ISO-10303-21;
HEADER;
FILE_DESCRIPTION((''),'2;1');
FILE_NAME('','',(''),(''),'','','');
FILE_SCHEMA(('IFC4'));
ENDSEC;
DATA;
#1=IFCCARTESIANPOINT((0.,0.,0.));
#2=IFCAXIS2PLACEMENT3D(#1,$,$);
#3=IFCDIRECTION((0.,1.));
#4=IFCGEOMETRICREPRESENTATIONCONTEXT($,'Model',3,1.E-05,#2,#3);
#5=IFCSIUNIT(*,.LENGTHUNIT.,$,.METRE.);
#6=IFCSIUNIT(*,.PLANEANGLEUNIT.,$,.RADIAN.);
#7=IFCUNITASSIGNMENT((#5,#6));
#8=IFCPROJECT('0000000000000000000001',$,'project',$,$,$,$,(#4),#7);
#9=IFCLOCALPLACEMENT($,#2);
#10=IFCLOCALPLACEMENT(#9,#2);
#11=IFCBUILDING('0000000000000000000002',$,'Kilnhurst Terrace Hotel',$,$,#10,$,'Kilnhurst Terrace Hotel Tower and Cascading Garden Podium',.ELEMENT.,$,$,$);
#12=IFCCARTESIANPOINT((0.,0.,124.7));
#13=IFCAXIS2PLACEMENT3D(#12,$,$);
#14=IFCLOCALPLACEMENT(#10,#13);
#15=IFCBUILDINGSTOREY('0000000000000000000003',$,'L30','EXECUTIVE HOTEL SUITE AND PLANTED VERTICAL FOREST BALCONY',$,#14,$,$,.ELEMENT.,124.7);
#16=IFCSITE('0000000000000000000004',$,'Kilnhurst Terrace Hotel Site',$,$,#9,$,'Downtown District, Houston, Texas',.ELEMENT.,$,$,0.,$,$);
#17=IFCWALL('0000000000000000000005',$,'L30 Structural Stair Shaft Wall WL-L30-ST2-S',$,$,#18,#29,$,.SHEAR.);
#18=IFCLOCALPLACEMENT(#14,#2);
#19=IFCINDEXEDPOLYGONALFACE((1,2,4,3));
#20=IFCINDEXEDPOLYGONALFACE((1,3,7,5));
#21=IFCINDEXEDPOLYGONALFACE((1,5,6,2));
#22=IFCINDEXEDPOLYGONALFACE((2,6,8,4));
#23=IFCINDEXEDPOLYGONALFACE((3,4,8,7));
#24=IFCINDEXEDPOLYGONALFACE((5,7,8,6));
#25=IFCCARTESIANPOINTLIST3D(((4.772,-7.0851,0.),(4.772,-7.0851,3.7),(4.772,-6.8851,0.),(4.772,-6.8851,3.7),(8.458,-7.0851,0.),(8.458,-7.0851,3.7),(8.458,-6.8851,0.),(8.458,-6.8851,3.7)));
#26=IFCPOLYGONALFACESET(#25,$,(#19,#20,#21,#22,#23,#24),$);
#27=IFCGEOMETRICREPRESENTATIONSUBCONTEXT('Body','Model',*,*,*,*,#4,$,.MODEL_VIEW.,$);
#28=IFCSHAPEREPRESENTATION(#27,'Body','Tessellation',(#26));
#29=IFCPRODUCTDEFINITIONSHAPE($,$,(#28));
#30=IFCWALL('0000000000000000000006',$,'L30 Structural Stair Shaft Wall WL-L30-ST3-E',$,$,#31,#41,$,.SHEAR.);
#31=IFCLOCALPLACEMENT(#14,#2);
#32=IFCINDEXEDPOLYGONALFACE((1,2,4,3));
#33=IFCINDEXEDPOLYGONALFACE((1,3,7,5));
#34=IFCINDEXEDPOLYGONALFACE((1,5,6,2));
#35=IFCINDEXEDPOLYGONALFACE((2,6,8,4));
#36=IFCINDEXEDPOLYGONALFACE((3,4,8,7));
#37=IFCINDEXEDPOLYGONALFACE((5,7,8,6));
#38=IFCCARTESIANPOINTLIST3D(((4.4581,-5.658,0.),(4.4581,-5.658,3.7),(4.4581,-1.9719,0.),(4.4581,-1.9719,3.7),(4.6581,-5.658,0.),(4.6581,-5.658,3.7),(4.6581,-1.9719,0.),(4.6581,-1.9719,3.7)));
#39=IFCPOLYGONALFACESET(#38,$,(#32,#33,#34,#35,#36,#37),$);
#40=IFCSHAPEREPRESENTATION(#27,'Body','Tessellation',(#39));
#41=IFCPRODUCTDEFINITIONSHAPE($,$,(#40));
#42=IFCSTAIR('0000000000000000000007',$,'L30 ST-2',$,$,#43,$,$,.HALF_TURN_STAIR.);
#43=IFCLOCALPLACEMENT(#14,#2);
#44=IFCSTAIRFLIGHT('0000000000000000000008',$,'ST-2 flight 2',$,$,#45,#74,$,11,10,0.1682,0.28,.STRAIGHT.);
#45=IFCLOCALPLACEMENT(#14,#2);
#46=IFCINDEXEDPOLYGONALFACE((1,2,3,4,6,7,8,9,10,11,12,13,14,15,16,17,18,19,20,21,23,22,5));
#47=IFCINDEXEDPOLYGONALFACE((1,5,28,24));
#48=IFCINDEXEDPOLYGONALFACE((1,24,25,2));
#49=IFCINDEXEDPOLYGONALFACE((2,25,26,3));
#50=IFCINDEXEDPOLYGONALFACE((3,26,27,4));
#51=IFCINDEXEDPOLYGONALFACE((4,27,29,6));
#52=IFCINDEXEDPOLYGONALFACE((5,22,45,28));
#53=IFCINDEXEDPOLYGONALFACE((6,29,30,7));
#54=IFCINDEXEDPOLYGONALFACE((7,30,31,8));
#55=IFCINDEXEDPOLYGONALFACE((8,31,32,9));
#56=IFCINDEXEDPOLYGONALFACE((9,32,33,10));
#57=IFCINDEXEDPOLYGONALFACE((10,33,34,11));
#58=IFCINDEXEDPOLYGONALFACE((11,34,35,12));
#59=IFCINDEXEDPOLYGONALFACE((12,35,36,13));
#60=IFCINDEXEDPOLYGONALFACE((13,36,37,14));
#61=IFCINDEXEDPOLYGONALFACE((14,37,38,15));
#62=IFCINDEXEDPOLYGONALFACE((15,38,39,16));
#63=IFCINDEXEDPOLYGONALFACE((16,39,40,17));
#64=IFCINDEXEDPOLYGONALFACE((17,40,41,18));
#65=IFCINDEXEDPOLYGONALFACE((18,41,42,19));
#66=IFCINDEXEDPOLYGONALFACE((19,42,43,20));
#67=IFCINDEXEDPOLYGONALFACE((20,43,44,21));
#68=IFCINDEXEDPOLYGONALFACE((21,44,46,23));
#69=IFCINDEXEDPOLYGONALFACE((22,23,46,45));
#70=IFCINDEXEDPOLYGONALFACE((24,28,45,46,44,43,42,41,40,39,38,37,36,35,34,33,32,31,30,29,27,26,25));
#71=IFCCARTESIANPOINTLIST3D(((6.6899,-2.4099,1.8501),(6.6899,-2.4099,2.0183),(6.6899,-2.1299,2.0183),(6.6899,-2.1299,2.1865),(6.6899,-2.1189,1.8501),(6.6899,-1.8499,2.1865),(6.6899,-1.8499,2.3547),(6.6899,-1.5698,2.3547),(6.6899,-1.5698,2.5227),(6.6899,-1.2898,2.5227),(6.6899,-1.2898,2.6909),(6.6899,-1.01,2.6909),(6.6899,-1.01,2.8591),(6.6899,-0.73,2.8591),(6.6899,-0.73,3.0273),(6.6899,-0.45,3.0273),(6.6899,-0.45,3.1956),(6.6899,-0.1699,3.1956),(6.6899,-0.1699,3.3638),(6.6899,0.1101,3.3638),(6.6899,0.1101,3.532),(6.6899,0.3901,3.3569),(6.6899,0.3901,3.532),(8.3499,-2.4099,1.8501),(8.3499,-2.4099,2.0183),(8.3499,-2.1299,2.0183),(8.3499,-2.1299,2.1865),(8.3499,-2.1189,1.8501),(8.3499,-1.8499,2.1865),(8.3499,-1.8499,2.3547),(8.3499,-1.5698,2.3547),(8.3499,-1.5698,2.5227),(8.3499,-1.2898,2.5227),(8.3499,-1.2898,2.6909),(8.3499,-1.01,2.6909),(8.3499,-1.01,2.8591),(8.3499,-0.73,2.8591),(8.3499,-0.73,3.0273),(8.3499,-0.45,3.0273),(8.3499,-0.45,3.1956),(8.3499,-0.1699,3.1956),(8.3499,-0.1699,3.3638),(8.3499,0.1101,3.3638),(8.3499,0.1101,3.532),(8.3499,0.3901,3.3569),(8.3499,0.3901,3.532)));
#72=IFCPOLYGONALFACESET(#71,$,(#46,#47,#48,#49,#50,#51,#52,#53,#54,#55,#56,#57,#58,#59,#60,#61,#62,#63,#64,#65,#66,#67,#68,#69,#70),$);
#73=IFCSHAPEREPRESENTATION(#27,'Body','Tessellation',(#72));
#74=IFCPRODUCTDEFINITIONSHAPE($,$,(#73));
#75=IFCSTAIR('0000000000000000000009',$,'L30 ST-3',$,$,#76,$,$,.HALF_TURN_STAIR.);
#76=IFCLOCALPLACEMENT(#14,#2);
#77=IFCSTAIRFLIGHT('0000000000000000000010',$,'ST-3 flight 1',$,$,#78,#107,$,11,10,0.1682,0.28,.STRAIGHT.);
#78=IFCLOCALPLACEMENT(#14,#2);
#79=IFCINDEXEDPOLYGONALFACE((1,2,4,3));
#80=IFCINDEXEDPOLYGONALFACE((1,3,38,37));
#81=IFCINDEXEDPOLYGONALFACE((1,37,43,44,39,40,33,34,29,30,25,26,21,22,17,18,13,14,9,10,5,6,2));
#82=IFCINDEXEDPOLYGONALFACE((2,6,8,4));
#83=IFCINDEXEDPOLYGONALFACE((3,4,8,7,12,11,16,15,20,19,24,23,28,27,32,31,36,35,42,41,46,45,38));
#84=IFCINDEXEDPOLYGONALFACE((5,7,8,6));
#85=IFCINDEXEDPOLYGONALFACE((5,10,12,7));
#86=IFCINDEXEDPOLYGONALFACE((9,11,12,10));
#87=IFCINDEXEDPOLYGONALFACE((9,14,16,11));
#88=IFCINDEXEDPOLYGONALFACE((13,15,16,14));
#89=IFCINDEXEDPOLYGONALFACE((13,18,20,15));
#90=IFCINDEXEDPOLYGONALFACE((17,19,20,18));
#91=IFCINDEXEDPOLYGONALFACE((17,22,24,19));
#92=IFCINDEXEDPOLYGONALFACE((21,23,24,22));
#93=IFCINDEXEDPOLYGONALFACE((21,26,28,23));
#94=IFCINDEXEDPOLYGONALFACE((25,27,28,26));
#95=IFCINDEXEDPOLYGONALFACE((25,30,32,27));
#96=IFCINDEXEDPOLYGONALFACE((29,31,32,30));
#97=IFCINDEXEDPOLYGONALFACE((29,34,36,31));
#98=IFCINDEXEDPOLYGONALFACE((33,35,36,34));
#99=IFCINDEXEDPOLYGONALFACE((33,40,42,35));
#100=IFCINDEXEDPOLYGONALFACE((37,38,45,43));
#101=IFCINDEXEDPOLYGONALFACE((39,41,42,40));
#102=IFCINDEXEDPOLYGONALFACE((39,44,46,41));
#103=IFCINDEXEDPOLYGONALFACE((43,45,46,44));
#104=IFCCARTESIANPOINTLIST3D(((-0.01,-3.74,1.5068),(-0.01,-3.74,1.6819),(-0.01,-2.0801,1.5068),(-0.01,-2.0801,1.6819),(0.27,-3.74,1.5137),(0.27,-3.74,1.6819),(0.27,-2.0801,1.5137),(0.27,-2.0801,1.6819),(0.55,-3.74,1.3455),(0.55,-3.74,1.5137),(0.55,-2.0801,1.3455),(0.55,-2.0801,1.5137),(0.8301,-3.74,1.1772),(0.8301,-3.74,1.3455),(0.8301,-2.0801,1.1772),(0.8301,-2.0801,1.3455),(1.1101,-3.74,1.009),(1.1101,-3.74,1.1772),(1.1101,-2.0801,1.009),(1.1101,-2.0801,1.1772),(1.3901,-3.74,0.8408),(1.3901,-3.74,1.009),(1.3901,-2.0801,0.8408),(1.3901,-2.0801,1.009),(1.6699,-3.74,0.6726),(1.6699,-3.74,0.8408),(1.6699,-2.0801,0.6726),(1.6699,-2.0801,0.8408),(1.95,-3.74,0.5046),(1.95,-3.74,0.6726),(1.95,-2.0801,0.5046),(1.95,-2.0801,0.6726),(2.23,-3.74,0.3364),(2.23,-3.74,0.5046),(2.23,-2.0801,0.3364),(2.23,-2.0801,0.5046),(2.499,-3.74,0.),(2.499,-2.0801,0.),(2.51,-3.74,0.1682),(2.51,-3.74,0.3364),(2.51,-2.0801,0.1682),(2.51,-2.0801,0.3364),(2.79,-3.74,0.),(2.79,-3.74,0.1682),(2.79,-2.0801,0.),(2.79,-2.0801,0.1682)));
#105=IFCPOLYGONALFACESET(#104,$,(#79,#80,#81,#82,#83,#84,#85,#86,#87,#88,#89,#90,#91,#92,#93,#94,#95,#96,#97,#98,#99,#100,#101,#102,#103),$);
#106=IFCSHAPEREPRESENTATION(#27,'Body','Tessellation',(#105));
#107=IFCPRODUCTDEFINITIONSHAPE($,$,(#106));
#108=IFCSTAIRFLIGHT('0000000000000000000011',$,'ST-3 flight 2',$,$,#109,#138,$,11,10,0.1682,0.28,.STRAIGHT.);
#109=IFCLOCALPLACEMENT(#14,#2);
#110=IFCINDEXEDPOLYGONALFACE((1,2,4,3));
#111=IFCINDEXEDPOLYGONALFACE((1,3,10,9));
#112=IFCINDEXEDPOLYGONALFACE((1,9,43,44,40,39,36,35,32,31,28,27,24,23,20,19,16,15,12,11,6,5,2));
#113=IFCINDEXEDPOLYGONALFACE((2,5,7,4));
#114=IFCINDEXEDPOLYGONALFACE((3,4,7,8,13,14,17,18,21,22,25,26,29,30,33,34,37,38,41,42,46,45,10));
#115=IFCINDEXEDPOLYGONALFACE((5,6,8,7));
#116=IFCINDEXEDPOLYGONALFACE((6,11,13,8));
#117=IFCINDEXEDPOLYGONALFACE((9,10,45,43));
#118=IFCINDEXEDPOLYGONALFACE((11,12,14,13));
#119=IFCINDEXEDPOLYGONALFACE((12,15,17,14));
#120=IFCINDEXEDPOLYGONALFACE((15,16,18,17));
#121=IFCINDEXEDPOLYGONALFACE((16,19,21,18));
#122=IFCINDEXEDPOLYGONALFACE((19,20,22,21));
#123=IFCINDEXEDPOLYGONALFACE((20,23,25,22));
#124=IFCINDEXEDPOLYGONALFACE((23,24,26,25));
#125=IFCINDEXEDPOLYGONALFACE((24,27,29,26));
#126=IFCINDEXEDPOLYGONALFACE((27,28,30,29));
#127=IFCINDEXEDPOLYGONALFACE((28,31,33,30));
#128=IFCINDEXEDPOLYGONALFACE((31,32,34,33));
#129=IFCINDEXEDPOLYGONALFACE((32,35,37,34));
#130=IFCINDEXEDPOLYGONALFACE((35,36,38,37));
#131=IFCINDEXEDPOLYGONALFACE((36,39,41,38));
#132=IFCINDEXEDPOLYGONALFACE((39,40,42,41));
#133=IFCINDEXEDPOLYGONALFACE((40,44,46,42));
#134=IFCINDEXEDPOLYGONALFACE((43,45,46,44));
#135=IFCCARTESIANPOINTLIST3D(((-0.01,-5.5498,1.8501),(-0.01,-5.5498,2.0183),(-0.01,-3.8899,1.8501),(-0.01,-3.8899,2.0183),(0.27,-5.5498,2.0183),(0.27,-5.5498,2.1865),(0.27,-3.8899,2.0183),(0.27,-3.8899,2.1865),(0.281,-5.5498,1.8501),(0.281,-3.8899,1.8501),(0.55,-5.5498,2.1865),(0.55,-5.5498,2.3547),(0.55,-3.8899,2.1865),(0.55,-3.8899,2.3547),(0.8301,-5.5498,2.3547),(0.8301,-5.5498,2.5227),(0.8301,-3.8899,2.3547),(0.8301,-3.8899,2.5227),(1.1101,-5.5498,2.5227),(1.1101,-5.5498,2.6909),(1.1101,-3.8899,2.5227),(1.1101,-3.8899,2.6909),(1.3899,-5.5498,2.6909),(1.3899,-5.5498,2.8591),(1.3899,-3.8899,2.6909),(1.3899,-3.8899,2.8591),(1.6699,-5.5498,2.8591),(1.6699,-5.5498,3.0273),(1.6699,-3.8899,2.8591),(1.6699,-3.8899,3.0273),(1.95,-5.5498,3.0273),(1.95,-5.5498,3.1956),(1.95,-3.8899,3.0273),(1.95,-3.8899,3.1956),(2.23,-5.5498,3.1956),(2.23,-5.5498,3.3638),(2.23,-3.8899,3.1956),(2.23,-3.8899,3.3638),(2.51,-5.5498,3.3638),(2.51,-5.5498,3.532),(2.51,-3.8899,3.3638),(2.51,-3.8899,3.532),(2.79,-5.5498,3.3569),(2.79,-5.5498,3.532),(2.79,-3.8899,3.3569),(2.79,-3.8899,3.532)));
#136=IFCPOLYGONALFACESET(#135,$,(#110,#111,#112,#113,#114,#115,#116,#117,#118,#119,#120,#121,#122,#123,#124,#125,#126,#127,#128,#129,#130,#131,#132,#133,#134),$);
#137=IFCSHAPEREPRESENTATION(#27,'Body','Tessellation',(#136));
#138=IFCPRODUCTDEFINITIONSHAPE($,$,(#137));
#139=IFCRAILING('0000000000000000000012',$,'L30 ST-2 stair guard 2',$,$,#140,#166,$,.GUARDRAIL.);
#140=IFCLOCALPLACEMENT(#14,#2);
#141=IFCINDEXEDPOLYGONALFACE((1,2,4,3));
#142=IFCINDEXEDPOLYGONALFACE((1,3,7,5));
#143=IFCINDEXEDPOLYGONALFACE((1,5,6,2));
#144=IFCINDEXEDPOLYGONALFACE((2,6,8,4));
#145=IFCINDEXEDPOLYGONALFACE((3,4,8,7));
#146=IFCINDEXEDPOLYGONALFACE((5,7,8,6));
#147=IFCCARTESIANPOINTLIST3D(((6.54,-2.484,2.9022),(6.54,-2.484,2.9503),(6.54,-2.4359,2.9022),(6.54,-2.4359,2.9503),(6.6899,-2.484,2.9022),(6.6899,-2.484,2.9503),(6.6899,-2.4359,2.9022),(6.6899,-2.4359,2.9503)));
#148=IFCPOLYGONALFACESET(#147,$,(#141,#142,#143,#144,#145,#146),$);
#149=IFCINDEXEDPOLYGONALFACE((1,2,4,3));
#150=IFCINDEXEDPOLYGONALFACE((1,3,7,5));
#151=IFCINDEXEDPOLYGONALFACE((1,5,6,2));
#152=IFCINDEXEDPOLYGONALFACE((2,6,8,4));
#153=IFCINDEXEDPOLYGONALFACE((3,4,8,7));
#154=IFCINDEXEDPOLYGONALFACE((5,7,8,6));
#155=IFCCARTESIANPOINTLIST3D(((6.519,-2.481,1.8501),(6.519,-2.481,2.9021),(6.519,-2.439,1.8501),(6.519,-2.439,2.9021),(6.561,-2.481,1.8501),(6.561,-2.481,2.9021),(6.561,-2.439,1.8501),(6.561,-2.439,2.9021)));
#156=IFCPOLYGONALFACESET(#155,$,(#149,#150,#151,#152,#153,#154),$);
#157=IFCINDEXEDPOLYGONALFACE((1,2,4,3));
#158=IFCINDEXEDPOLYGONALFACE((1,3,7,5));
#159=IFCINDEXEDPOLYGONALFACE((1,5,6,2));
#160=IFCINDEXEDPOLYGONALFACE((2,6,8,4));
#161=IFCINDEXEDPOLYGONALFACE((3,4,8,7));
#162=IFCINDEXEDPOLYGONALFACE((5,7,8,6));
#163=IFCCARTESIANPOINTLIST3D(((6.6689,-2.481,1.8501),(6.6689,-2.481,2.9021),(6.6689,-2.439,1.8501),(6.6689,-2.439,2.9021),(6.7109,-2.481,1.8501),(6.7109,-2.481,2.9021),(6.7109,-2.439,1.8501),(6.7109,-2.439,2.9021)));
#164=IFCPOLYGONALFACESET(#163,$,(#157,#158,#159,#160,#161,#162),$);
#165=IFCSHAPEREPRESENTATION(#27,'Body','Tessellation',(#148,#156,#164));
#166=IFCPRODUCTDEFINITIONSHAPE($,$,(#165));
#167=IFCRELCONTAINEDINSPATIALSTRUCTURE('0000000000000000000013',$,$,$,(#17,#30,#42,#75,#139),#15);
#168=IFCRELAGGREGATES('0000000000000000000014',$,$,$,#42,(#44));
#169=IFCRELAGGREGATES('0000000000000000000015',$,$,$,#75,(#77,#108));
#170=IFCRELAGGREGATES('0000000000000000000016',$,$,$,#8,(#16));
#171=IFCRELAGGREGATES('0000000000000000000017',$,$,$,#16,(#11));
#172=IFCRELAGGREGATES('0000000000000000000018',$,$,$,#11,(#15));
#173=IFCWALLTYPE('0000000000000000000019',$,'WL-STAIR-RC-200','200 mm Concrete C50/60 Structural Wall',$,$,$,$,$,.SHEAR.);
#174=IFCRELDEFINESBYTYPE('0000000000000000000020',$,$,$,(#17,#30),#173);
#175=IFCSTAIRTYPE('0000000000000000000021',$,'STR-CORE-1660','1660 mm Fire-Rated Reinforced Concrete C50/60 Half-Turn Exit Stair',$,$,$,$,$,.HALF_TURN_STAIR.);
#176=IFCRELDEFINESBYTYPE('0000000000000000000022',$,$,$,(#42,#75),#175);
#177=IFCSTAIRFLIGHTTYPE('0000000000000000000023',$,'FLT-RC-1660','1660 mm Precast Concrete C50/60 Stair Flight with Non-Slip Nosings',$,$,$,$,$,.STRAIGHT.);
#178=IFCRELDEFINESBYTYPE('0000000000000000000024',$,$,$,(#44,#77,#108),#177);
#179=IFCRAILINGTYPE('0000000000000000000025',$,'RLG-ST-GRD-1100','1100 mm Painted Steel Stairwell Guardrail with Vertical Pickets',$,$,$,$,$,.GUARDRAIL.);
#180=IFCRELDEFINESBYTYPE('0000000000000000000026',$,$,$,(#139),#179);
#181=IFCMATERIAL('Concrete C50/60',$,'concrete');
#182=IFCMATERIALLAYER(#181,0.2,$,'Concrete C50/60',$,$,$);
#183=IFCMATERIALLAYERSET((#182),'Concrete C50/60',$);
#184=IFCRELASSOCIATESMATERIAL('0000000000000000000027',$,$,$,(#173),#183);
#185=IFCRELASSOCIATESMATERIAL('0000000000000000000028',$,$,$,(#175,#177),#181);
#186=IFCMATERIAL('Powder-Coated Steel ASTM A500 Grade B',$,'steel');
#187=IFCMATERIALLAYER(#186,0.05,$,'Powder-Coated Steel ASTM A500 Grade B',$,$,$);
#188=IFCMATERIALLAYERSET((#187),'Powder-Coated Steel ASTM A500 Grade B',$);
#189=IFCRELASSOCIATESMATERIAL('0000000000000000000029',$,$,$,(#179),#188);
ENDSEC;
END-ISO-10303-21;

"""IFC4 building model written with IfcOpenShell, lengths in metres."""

from ifc_helpers import new_model, si_unit, direction, frame, frame_2d, origin, origin_2d, place, context, subcontext, project, spatial, polyline, rectangle, outline, extrude, material, layer, layer_set, type_object, element, aggregate, save


model = new_model("IFC4")

# Units and contexts
model_context = context("Model", 3, precision=1e-05, world=origin(), true_north=direction((0.0, 1.0)))
body_context = subcontext(model_context, "Body", "Model", "MODEL_VIEW")
ifc_project = project(units=[si_unit("LENGTHUNIT", "METRE"), si_unit("PLANEANGLEUNIT", "RADIAN")], contexts=[model_context])

# Site, building, storey
site_placement = place(None, origin())
site = spatial("IfcSite", under=ifc_project, at=site_placement, Name="Kilnhurst Terrace Hotel Site", LongName="Downtown District, Houston, Texas", CompositionType="ELEMENT", RefElevation=0.0)
building_placement = place(site_placement, origin())
building = spatial("IfcBuilding", under=site, at=building_placement, Name="Kilnhurst Terrace Hotel", LongName="Kilnhurst Terrace Hotel Tower and Cascading Garden Podium", CompositionType="ELEMENT")
storey_placement = place(building_placement, frame((0.0, 0.0, 124.7)))
storey = spatial("IfcBuildingStorey", under=building, at=storey_placement, Name="L30", Description="EXECUTIVE HOTEL SUITE AND PLANTED VERTICAL FOREST BALCONY", CompositionType="ELEMENT", Elevation=124.7)

# Shared definitions
ifc_material_1 = material(Name="Concrete C50/60", Category="concrete")

# Walls
ifc_layer_1 = layer(ifc_material_1, 0.2, Name="Concrete C50/60")
ifc_layer_set_1 = layer_set([ifc_layer_1], Name="Concrete C50/60")
wall_type_1 = type_object("IfcWallType", Name="WL-STAIR-RC-200", Description="200 mm Concrete C50/60 Structural Wall", PredefinedType="SHEAR", material=ifc_layer_set_1)
for number, where, z_axis, x_axis, name in (
    (1, (4.772, -6.9851, 0.0), (0.0, 0.0, 1.0), (1.0, 0.0, 0.0), "L30 Structural Stair Shaft Wall WL-L30-ST2-S"),
    (2, (4.5581, -5.658, 0.0), (0.0, 0.0, 1.0), (0.0, 1.0, 0.0), "L30 Structural Stair Shaft Wall WL-L30-ST3-E"),
):
    element("IfcWall", number, at=place(storey_placement, frame(where, z_axis=z_axis, x_axis=x_axis)), inside=storey, type_object=wall_type_1, Name=name, PredefinedType="SHEAR", context=body_context, shape_type="SweptSolid", body=[
        extrude(rectangle(XDim=3.686, YDim=0.2, at=frame_2d((1.843, 0.0))), origin(), (0.0, 0.0, 1.0), 3.7),
    ])

# Stair, stair flight
stair_type = type_object("IfcStairType", Name="STR-CORE-1660", Description="1660 mm Fire-Rated Reinforced Concrete C50/60 Half-Turn Exit Stair", PredefinedType="HALF_TURN_STAIR", material=ifc_material_1)
stair_1_placement = place(storey_placement, origin())
stair_1 = element("IfcStair", 3, at=stair_1_placement, inside=storey, type_object=stair_type, Name="L30 ST-2", PredefinedType="HALF_TURN_STAIR")
stair_flight_type = type_object("IfcStairFlightType", Name="FLT-RC-1660", Description="1660 mm Precast Concrete C50/60 Stair Flight with Non-Slip Nosings", PredefinedType="STRAIGHT", material=ifc_material_1)
stair_flight_1_placement = place(storey_placement, frame((7.52, -2.4099, 1.8501), z_axis=(0.0, 0.0, 1.0), x_axis=(0.0, 1.0, 0.0)))
stair_flight_1 = element("IfcStairFlight", 4, at=stair_flight_1_placement, type_object=stair_flight_type, Name="ST-2 flight 2", NumberOfRisers=11, NumberOfTreads=10, PredefinedType="STRAIGHT", RiserHeight=0.1682, TreadLength=0.28, context=body_context, shape_type="SweptSolid", body=[
    extrude(outline(polyline([(0.0, 0.0), (0.0, 0.1682), (0.28, 0.1682), (0.28, 0.3364), (0.5601, 0.3364), (0.5601, 0.5046), (0.8401, 0.5046), (0.8401, 0.6726), (1.1201, 0.6726), (1.1201, 0.8408), (1.3999, 0.8408), (1.3999, 1.009), (1.6799, 1.009), (1.6799, 1.1772), (1.96, 1.1772), (1.96, 1.3455), (2.24, 1.3455), (2.24, 1.5137), (2.52, 1.5137), (2.52, 1.6819), (2.8, 1.6819), (2.8, 1.8501), (2.8, 1.5068), (0.291, 0.0), (0.0, 0.0)])), frame((0.0, 0.8301, 0.0), z_axis=(0.0, -1.0, 0.0), x_axis=(1.0, 0.0, 0.0)), (0.0, 0.0, 1.0), 1.6599),
])
aggregate(stair_1, [stair_flight_1])

# Stair, stair flights
stair_2_placement = place(storey_placement, origin())
stair_2 = element("IfcStair", 5, at=stair_2_placement, inside=storey, type_object=stair_type, Name="L30 ST-3", PredefinedType="HALF_TURN_STAIR")
stair_flight_2_placement = place(storey_placement, frame((2.79, -2.9099, 0.0), z_axis=(0.0, 0.0, 1.0), x_axis=(-1.0, 0.0, 0.0)))
stair_flight_2 = element("IfcStairFlight", 6, at=stair_flight_2_placement, type_object=stair_flight_type, Name="ST-3 flight 1", NumberOfRisers=11, NumberOfTreads=10, PredefinedType="STRAIGHT", RiserHeight=0.1682, TreadLength=0.28, context=body_context, shape_type="SweptSolid", body=[
    extrude(outline(polyline([(0.0, 0.0), (0.0, 0.1682), (0.28, 0.1682), (0.28, 0.3364), (0.5601, 0.3364), (0.5601, 0.5046), (0.8401, 0.5046), (0.8401, 0.6726), (1.1201, 0.6726), (1.1201, 0.8408), (1.3999, 0.8408), (1.3999, 1.009), (1.6799, 1.009), (1.6799, 1.1772), (1.96, 1.1772), (1.96, 1.3455), (2.24, 1.3455), (2.24, 1.5137), (2.52, 1.5137), (2.52, 1.6819), (2.8, 1.6819), (2.8, 1.8501), (2.8, 1.5068), (0.291, 0.0), (0.0, 0.0)])), frame((0.0, 0.8301, 0.0), z_axis=(0.0, -1.0, 0.0), x_axis=(1.0, 0.0, 0.0)), (0.0, 0.0, 1.0), 1.6599),
])
stair_flight_3_placement = place(storey_placement, frame((-0.01, -4.72, 1.8501), z_axis=(0.0, 0.0, 1.0), x_axis=(1.0, 0.0, 0.0)))
stair_flight_3 = element("IfcStairFlight", 7, at=stair_flight_3_placement, type_object=stair_flight_type, Name="ST-3 flight 2", NumberOfRisers=11, NumberOfTreads=10, PredefinedType="STRAIGHT", RiserHeight=0.1682, TreadLength=0.28, context=body_context, shape_type="SweptSolid", body=[
    extrude(outline(polyline([(0.0, 0.0), (0.0, 0.1682), (0.28, 0.1682), (0.28, 0.3364), (0.5601, 0.3364), (0.5601, 0.5046), (0.8401, 0.5046), (0.8401, 0.6726), (1.1201, 0.6726), (1.1201, 0.8408), (1.3999, 0.8408), (1.3999, 1.009), (1.6799, 1.009), (1.6799, 1.1772), (1.96, 1.1772), (1.96, 1.3455), (2.24, 1.3455), (2.24, 1.5137), (2.52, 1.5137), (2.52, 1.6819), (2.8, 1.6819), (2.8, 1.8501), (2.8, 1.5068), (0.291, 0.0), (0.0, 0.0)])), frame((0.0, 0.8301, 0.0), z_axis=(0.0, -1.0, 0.0), x_axis=(1.0, 0.0, 0.0)), (0.0, 0.0, 1.0), 1.6599),
])
aggregate(stair_2, [stair_flight_2, stair_flight_3])

# Railing
ifc_material_2 = material(Name="Powder-Coated Steel ASTM A500 Grade B", Category="steel")
ifc_layer_2 = layer(ifc_material_2, 0.05, Name="Powder-Coated Steel ASTM A500 Grade B")
ifc_layer_set_2 = layer_set([ifc_layer_2], Name="Powder-Coated Steel ASTM A500 Grade B")
railing_type_1 = type_object("IfcRailingType", Name="RLG-ST-GRD-1100", Description="1100 mm Painted Steel Stairwell Guardrail with Vertical Pickets", PredefinedType="GUARDRAIL", material=ifc_layer_set_2)
railing_1_placement = place(storey_placement, frame((6.54, -2.46, 1.8501)))
element("IfcRailing", 8, at=railing_1_placement, inside=storey, type_object=railing_type_1, Name="L30 ST-2 stair guard 2", PredefinedType="GUARDRAIL", context=body_context, shape_type="SweptSolid", body=[
    extrude(rectangle(XDim=0.0481, YDim=0.0481, at=origin_2d()), frame((0.0, 0.0, 1.0762), z_axis=(1.0, 0.0, 0.0), x_axis=(0.0, 1.0, 0.0)), (0.0, 0.0, 1.0), 0.1499),
    extrude(rectangle(XDim=0.042, YDim=0.042, at=origin_2d()), origin(), (0.0, 0.0, 1.0), 1.052),
    extrude(rectangle(XDim=0.042, YDim=0.042, at=origin_2d()), frame((0.1499, 0.0, 0.0)), (0.0, 0.0, 1.0), 1.052),
])

save(model, "model.ifc")
